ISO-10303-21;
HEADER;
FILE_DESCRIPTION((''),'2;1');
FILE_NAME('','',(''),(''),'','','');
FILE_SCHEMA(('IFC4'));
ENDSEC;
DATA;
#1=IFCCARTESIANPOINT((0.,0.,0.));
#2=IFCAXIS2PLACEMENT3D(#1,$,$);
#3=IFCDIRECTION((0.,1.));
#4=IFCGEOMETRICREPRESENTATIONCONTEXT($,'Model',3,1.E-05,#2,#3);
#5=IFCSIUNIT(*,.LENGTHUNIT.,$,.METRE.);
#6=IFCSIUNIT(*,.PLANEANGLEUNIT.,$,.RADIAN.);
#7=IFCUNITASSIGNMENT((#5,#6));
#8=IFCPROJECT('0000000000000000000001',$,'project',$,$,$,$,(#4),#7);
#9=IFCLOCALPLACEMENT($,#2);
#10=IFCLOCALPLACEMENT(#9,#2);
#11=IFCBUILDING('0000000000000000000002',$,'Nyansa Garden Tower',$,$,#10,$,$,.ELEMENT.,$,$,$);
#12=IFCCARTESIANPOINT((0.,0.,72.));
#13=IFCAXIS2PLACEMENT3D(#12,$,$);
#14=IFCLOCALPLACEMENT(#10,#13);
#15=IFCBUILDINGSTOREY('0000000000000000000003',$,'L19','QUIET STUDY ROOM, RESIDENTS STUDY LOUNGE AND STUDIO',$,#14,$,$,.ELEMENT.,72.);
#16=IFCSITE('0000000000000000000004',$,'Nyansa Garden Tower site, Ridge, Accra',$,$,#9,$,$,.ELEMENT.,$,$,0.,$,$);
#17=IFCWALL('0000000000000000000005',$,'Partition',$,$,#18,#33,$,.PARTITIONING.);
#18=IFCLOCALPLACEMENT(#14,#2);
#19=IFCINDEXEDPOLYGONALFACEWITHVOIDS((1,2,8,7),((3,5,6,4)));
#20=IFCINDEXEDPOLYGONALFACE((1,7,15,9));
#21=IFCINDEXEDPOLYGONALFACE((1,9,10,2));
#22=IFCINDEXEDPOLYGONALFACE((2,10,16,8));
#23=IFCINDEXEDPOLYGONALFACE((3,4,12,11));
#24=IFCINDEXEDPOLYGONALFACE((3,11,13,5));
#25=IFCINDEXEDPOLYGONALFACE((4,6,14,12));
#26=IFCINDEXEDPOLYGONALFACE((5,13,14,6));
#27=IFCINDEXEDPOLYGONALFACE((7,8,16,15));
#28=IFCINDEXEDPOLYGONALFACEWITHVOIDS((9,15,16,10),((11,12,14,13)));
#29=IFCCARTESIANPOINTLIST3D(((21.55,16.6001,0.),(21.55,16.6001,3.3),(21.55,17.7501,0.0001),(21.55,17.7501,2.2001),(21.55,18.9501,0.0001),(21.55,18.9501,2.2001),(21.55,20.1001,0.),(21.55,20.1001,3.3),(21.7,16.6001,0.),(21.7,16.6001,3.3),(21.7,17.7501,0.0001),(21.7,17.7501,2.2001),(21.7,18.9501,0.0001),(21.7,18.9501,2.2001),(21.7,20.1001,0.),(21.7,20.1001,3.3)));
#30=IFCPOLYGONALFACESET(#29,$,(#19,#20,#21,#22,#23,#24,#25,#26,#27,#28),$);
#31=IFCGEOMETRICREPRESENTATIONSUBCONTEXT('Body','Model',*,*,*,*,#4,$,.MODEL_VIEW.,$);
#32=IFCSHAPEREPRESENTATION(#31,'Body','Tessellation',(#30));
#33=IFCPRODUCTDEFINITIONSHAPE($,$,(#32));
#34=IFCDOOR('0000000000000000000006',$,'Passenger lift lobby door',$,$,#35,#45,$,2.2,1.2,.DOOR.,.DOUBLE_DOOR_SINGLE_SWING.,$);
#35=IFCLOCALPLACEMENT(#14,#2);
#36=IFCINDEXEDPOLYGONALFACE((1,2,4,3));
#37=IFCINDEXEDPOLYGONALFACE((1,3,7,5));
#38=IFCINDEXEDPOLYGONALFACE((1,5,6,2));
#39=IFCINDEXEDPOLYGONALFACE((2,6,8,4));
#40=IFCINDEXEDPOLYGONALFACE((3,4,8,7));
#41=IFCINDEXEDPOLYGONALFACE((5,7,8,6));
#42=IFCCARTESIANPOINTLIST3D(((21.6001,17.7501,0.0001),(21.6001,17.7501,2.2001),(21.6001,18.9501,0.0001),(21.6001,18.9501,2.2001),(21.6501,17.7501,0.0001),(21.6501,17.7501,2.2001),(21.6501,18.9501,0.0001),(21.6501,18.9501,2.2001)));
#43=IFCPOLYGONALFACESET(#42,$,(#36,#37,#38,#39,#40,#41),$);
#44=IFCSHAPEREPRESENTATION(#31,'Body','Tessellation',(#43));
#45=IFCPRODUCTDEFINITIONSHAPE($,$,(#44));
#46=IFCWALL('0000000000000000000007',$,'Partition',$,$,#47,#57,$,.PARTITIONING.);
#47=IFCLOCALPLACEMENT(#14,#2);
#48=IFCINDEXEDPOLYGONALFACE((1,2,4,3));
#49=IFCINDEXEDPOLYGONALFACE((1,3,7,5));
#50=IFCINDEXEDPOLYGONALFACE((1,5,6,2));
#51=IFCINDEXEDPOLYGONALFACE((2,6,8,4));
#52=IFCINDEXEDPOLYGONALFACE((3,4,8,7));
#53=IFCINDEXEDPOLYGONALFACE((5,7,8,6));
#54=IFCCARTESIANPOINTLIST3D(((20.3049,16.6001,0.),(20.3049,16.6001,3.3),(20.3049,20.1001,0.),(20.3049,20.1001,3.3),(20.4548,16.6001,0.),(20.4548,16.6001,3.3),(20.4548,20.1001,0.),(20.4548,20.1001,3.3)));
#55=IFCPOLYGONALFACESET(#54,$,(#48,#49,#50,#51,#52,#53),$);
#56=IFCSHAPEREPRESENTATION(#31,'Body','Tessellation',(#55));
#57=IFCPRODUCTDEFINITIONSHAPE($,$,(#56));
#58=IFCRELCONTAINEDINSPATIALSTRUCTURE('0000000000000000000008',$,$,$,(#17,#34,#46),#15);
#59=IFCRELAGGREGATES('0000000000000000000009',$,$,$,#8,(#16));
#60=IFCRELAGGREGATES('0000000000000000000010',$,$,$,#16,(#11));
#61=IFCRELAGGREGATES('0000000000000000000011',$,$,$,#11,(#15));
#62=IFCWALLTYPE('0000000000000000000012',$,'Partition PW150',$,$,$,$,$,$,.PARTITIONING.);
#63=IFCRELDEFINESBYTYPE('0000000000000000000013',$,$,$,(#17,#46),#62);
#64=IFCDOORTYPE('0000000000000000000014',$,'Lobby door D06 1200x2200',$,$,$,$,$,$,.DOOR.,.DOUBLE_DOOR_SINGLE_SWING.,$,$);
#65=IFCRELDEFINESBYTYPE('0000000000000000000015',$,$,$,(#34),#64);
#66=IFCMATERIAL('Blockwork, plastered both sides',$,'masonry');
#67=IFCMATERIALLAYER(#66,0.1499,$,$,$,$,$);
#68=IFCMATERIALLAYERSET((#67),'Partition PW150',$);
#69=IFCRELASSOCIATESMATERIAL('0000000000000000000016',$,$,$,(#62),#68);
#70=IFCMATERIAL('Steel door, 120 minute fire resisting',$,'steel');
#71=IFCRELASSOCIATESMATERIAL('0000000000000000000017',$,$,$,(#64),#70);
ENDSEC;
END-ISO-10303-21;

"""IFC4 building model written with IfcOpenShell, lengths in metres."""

from ifc_helpers import new_model, si_unit, direction, frame, frame_2d, origin, place, context, subcontext, project, spatial, rectangle, extrude, material, layer, layer_set, type_object, element, fill, save


model = new_model("IFC4")

# Units and contexts
model_context = context("Model", 3, precision=1e-05, world=origin(), true_north=direction((0.0, 1.0)))
body_context = subcontext(model_context, "Body", "Model", "MODEL_VIEW")
ifc_project = project(units=[si_unit("LENGTHUNIT", "METRE"), si_unit("PLANEANGLEUNIT", "RADIAN")], contexts=[model_context])

# Site, building, storey
site_placement = place(None, origin())
site = spatial("IfcSite", under=ifc_project, at=site_placement, Name="Nyansa Garden Tower site, Ridge, Accra", CompositionType="ELEMENT", RefElevation=0.0)
building_placement = place(site_placement, origin())
building = spatial("IfcBuilding", under=site, at=building_placement, Name="Nyansa Garden Tower", CompositionType="ELEMENT")
storey_placement = place(building_placement, frame((0.0, 0.0, 72.0)))
storey = spatial("IfcBuildingStorey", under=building, at=storey_placement, Name="L19", Description="QUIET STUDY ROOM, RESIDENTS STUDY LOUNGE AND STUDIO", CompositionType="ELEMENT", Elevation=72.0)

# Wall, opening, door
ifc_material_1 = material(Name="Blockwork, plastered both sides", Category="masonry")
ifc_layer_1 = layer(ifc_material_1, 0.1499)
ifc_layer_set_1 = layer_set([ifc_layer_1], Name="Partition PW150")
wall_type_1 = type_object("IfcWallType", Name="Partition PW150", PredefinedType="PARTITIONING", material=ifc_layer_set_1)
wall_1_placement = place(storey_placement, frame((21.625, 16.6001, 0.0), z_axis=(0.0, 0.0, 1.0), x_axis=(0.0, 1.0, 0.0)))
wall_1 = element("IfcWall", 1, at=wall_1_placement, inside=storey, type_object=wall_type_1, Name="Partition", PredefinedType="PARTITIONING", context=body_context, shape_type="SweptSolid", body=[
    extrude(rectangle(XDim=3.5, YDim=0.1499, at=frame_2d((1.75, 0.0))), origin(), (0.0, 0.0, 1.0), 3.3),
])
opening_placement = place(wall_1_placement, frame((1.1499, 0.0, 0.0)))
opening = element("IfcOpeningElement", 2, at=opening_placement, cuts=wall_1, PredefinedType="OPENING", context=body_context, shape_type="SweptSolid", body=[
    extrude(rectangle(XDim=1.2, YDim=2.2, at=frame_2d((0.6001, 1.1001))), frame((0.0, 0.085, 0.0), z_axis=(0.0, -1.0, 0.0), x_axis=(1.0, 0.0, 0.0)), (0.0, 0.0, 1.0), 0.1699),
])
ifc_material_2 = material(Name="Steel door, 120 minute fire resisting", Category="steel")
door_type = type_object("IfcDoorType", Name="Lobby door D06 1200x2200", OperationType="DOUBLE_DOOR_SINGLE_SWING", PredefinedType="DOOR", material=ifc_material_2)
door_placement = place(opening_placement, origin())
door = element("IfcDoor", 3, at=door_placement, inside=storey, type_object=door_type, Name="Passenger lift lobby door", OperationType="DOUBLE_DOOR_SINGLE_SWING", OverallHeight=2.2, OverallWidth=1.2, PredefinedType="DOOR", context=body_context, shape_type="SweptSolid", body=[
    extrude(rectangle(XDim=1.2, YDim=2.2, at=frame_2d((0.6001, 1.1001))), frame((0.0, 0.0249, 0.0), z_axis=(0.0, -1.0, 0.0), x_axis=(1.0, 0.0, 0.0)), (0.0, 0.0, 1.0), 0.05),
])
fill(opening, door)

# Wall
wall_2_placement = place(storey_placement, frame((20.3799, 16.6001, 0.0), z_axis=(0.0, 0.0, 1.0), x_axis=(0.0, 1.0, 0.0)))
element("IfcWall", 4, at=wall_2_placement, inside=storey, type_object=wall_type_1, Name="Partition", PredefinedType="PARTITIONING", context=body_context, shape_type="SweptSolid", body=[
    extrude(rectangle(XDim=3.5, YDim=0.1499, at=frame_2d((1.75, 0.0))), origin(), (0.0, 0.0, 1.0), 3.3),
])

save(model, "model.ifc")
